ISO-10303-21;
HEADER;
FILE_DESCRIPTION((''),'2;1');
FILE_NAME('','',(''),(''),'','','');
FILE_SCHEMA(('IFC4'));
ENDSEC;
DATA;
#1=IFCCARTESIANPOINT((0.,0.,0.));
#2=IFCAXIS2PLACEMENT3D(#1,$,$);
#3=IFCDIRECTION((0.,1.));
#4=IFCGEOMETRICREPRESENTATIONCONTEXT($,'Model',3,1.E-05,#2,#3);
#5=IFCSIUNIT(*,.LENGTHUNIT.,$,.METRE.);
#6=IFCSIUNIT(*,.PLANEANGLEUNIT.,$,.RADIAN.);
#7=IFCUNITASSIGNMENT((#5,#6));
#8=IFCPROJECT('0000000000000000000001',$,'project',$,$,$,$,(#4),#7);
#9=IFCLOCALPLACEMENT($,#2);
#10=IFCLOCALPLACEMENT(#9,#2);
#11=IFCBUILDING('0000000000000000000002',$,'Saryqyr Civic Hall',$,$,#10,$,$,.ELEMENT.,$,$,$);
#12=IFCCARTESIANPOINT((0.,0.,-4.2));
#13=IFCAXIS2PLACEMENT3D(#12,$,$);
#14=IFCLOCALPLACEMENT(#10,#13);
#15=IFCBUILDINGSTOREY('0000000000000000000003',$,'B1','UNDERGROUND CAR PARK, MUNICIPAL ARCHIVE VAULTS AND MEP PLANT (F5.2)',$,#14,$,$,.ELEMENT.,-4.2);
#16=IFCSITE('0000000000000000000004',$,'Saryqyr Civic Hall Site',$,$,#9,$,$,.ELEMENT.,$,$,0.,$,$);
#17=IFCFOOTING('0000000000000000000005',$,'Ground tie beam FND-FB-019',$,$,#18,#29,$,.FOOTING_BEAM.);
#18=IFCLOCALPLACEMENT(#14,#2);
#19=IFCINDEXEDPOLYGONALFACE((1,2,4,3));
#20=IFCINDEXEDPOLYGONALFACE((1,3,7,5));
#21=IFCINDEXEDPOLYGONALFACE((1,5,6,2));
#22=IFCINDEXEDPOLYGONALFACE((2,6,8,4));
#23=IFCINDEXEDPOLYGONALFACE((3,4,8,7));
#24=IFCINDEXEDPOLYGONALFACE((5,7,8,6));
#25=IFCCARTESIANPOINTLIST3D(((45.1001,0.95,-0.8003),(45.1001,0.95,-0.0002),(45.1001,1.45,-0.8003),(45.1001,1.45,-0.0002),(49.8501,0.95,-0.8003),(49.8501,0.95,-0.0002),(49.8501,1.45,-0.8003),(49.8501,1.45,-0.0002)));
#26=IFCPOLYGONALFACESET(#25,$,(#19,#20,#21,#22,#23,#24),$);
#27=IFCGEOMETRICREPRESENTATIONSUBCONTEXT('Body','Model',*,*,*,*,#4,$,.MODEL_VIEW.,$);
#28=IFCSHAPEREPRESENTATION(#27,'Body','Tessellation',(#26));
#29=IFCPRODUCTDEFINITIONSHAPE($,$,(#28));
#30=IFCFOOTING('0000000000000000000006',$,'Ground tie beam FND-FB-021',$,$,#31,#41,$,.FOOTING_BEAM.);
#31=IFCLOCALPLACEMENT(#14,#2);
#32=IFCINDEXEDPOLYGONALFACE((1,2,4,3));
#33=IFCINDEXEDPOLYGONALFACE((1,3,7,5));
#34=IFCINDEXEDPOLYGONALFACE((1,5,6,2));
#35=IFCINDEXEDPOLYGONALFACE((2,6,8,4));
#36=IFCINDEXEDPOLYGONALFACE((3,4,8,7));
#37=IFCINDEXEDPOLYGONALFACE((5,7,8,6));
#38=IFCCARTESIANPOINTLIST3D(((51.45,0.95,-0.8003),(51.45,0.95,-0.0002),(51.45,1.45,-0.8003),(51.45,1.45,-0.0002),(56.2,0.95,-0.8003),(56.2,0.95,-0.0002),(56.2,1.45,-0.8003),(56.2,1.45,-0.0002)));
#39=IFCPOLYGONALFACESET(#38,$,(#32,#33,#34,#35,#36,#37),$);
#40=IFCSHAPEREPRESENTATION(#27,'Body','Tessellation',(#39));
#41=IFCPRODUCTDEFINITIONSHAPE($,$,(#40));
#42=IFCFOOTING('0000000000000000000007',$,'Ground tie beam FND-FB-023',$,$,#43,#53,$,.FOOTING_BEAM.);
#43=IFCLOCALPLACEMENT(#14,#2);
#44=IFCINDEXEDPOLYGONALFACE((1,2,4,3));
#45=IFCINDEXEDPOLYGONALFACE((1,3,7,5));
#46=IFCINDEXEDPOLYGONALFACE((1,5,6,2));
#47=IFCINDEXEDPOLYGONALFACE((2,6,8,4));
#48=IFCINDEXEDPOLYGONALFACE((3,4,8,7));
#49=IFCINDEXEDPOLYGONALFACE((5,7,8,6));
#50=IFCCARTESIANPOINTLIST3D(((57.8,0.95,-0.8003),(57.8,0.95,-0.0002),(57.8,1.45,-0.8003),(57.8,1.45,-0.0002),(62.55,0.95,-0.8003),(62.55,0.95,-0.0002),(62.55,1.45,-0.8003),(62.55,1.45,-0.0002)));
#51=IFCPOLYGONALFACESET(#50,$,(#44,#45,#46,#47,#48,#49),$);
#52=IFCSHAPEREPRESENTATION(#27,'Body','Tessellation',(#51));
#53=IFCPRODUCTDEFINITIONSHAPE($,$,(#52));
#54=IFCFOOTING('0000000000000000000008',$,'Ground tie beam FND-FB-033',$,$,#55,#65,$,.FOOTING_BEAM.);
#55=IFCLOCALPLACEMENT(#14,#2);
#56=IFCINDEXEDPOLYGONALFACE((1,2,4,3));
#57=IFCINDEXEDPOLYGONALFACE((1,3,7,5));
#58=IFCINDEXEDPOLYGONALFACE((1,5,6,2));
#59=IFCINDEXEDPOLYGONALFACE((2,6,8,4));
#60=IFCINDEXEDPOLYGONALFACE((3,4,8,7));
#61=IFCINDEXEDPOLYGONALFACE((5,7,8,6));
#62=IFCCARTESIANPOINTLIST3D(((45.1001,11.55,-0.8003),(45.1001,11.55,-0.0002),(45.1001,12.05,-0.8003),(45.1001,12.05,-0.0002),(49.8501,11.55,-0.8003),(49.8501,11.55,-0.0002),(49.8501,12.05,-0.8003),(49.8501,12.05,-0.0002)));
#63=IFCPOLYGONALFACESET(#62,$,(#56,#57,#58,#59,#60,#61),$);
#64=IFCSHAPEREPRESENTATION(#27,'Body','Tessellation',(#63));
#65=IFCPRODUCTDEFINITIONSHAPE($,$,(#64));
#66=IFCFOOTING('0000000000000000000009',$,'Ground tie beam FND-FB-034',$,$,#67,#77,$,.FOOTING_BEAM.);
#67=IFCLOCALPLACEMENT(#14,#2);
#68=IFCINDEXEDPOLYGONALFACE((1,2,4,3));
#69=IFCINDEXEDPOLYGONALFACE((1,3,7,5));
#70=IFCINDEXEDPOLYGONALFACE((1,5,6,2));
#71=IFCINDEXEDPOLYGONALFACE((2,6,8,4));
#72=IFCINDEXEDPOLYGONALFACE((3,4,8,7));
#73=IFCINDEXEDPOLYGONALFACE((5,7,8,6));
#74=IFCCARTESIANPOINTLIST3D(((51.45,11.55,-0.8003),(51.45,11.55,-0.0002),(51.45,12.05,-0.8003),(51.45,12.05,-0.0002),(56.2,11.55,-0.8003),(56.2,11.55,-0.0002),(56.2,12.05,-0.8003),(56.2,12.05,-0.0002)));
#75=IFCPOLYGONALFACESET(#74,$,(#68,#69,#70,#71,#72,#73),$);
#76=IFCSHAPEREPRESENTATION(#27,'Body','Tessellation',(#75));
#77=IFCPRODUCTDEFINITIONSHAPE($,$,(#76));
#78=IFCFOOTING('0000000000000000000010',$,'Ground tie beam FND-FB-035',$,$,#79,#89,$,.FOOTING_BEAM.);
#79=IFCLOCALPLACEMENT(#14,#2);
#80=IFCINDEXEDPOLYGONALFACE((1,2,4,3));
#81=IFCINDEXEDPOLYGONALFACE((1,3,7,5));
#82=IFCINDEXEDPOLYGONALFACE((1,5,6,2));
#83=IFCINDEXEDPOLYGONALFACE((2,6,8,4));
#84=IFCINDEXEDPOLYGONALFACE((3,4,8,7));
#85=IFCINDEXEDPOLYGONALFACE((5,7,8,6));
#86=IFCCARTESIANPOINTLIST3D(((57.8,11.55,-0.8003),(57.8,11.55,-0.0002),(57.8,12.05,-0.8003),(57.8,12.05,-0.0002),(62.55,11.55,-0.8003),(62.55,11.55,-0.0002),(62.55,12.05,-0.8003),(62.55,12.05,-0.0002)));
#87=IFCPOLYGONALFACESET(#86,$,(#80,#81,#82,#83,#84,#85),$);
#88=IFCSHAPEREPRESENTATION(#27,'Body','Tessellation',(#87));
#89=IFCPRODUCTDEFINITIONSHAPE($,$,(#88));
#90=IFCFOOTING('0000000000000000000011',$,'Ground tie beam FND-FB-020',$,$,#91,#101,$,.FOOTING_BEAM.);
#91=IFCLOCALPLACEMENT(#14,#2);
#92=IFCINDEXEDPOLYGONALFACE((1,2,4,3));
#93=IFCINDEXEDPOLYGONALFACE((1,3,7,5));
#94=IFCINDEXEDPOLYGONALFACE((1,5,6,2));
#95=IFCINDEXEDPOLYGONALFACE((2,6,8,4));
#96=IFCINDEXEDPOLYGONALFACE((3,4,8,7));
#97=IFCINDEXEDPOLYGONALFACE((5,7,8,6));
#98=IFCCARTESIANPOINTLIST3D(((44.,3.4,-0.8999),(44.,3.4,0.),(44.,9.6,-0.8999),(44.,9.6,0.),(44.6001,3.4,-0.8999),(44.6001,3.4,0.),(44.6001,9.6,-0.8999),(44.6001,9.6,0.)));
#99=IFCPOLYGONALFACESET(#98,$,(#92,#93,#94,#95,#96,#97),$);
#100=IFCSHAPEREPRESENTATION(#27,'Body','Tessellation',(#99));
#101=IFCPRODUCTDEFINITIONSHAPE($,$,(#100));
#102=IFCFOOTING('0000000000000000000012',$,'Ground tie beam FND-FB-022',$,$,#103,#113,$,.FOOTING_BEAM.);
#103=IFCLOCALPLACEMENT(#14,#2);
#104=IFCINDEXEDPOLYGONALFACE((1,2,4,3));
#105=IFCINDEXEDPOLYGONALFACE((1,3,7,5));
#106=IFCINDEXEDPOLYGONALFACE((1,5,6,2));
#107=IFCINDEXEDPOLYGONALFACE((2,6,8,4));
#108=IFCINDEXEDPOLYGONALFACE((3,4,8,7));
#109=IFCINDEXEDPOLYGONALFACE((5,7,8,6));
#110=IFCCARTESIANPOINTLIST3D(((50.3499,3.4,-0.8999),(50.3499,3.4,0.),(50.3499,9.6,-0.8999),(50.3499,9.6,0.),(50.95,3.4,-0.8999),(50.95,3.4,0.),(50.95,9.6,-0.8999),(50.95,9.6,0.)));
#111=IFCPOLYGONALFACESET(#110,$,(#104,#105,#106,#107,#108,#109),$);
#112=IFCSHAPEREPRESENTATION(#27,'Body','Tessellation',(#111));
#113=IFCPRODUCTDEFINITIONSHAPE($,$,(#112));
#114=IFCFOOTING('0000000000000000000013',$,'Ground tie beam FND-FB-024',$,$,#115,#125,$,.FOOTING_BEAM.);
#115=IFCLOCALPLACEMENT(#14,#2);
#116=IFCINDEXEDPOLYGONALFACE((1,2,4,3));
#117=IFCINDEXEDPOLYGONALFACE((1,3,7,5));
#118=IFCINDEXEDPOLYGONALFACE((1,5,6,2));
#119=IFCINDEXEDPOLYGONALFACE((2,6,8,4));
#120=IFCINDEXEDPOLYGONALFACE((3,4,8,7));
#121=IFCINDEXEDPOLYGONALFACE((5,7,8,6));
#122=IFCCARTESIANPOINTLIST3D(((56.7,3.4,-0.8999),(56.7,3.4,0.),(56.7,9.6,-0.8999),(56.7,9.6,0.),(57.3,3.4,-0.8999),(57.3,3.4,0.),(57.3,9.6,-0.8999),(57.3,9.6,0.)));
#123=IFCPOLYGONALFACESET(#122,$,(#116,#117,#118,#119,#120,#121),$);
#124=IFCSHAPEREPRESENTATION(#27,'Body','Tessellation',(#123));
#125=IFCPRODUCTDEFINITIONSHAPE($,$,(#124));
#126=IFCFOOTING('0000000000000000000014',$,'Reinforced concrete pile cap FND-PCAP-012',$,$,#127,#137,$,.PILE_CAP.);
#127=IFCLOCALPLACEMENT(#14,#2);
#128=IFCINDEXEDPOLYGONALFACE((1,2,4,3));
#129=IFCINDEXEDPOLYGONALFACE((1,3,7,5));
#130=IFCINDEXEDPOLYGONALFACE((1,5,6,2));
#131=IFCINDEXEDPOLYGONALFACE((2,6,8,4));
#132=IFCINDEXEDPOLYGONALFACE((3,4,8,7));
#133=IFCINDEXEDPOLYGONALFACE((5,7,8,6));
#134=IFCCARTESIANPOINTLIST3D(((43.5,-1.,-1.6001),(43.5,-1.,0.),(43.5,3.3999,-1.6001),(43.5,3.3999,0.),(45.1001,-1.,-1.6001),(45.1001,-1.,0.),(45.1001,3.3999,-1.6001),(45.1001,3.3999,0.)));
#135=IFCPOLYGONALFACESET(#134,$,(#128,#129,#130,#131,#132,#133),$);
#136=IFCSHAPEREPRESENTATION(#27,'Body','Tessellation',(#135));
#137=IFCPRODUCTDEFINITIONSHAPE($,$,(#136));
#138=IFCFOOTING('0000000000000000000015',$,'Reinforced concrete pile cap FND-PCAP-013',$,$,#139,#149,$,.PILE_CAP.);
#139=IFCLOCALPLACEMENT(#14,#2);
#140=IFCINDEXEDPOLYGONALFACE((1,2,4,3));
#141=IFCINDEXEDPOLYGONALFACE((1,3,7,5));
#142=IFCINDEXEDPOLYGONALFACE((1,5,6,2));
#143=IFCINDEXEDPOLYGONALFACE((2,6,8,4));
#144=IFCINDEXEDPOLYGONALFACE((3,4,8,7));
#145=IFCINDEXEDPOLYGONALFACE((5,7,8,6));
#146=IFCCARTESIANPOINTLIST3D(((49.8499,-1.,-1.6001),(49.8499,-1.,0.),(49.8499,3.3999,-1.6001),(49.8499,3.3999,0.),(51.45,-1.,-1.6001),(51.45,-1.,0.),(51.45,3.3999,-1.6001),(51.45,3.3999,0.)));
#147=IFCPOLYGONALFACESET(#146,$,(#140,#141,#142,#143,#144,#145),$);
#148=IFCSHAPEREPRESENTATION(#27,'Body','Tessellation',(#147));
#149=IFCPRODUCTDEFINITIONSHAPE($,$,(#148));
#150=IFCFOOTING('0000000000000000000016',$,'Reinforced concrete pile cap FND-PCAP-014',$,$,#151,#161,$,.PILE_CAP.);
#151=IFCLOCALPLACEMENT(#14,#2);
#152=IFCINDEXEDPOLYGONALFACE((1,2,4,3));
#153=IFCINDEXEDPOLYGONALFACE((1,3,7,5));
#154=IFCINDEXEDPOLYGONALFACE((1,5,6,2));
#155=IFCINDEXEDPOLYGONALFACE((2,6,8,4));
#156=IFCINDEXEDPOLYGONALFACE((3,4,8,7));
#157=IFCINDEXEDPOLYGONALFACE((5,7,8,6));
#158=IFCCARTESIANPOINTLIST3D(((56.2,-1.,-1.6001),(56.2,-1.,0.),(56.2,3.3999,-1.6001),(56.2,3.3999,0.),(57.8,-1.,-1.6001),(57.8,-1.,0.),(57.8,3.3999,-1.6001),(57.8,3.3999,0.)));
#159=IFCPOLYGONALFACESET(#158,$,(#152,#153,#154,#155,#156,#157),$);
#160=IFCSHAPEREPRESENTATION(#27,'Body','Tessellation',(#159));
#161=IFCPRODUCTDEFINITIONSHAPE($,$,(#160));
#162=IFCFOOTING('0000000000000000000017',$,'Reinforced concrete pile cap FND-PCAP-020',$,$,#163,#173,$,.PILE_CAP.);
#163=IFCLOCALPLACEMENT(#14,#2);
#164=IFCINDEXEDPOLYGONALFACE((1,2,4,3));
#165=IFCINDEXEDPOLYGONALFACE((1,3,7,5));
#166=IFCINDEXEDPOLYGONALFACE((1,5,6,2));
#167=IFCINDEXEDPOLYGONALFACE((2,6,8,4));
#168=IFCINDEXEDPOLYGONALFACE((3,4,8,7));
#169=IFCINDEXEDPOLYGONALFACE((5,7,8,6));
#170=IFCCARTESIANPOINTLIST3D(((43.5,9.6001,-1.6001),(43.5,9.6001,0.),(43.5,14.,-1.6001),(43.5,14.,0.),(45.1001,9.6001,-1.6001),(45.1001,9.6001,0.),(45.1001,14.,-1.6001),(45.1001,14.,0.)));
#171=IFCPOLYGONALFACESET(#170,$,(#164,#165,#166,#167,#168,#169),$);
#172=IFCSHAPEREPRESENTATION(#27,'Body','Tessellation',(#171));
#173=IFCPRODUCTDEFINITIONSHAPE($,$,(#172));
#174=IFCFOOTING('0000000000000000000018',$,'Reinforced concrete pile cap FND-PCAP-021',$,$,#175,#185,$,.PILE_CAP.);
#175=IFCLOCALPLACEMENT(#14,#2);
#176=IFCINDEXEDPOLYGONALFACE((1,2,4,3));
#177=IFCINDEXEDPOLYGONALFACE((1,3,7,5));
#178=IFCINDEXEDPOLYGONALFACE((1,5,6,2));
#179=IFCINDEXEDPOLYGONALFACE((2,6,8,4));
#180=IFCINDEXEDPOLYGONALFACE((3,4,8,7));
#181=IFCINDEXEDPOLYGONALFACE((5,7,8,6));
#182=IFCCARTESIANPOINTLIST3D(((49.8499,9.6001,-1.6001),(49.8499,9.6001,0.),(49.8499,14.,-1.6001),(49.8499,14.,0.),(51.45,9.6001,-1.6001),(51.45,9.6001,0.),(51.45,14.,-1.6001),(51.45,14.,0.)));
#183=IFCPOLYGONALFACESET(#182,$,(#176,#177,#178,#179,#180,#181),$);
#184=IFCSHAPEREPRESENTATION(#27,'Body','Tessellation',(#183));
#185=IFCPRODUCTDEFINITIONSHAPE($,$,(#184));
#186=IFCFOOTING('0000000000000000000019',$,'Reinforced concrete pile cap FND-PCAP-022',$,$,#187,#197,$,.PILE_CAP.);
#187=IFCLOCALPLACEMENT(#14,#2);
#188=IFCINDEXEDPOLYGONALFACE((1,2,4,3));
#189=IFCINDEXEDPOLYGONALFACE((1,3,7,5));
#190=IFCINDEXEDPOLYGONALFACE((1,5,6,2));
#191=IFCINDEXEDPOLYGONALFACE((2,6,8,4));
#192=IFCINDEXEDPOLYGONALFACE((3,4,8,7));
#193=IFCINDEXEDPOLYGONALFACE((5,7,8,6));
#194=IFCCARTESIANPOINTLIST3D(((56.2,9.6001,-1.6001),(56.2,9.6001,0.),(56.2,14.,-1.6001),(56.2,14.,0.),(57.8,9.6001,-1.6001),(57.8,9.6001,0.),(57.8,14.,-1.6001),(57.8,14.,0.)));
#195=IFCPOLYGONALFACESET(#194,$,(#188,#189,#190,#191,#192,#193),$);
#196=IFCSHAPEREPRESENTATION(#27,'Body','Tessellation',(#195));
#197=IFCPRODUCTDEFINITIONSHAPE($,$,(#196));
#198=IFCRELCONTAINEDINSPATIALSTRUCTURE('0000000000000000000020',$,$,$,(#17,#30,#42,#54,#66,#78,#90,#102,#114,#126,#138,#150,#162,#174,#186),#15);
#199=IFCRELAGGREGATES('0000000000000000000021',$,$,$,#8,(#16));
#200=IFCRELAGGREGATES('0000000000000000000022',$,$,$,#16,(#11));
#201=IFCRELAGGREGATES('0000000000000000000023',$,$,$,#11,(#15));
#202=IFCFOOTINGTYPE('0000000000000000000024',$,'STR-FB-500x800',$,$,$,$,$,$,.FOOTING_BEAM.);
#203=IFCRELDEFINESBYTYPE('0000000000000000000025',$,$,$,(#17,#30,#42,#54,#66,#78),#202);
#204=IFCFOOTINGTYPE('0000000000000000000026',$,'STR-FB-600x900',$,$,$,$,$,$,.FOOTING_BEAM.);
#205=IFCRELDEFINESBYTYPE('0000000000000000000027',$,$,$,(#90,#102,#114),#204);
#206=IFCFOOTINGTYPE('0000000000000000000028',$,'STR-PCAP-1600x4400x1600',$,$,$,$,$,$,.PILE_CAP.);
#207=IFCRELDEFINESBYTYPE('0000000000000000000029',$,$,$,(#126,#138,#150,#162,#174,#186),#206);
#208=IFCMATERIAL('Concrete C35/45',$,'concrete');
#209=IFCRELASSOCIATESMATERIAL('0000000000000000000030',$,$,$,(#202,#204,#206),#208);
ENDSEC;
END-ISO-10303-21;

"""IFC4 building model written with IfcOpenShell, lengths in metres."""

from ifc_helpers import new_model, si_unit, direction, frame, origin, origin_2d, place, context, subcontext, project, spatial, rectangle, extrude, material, type_object, element, save


model = new_model("IFC4")

# Units and contexts
model_context = context("Model", 3, precision=1e-05, world=origin(), true_north=direction((0.0, 1.0)))
body_context = subcontext(model_context, "Body", "Model", "MODEL_VIEW")
ifc_project = project(units=[si_unit("LENGTHUNIT", "METRE"), si_unit("PLANEANGLEUNIT", "RADIAN")], contexts=[model_context])

# Site, building, storey
site_placement = place(None, origin())
site = spatial("IfcSite", under=ifc_project, at=site_placement, Name="Saryqyr Civic Hall Site", CompositionType="ELEMENT", RefElevation=0.0)
building_placement = place(site_placement, origin())
building = spatial("IfcBuilding", under=site, at=building_placement, Name="Saryqyr Civic Hall", CompositionType="ELEMENT")
storey_placement = place(building_placement, frame((0.0, 0.0, -4.2)))
storey = spatial("IfcBuildingStorey", under=building, at=storey_placement, Name="B1", Description="UNDERGROUND CAR PARK, MUNICIPAL ARCHIVE VAULTS AND MEP PLANT (F5.2)", CompositionType="ELEMENT", Elevation=-4.2)

# Footings
ifc_material_1 = material(Name="Concrete C35/45", Category="concrete")
footing_type_1 = type_object("IfcFootingType", Name="STR-FB-500x800", PredefinedType="FOOTING_BEAM", material=ifc_material_1)
for number, where, z_axis, x_axis, name in (
    (1, (47.4751, 1.2, -0.8003), (0.0, 0.0, 1.0), (1.0, 0.0, 0.0), "Ground tie beam FND-FB-019"),
    (2, (53.825, 1.2, -0.8003), (0.0, 0.0, 1.0), (1.0, 0.0, 0.0), "Ground tie beam FND-FB-021"),
    (3, (60.175, 1.2, -0.8003), (0.0, 0.0, 1.0), (1.0, 0.0, 0.0), "Ground tie beam FND-FB-023"),
    (4, (47.4751, 11.8, -0.8003), (0.0, 0.0, 1.0), (1.0, 0.0, 0.0), "Ground tie beam FND-FB-033"),
    (5, (53.825, 11.8, -0.8003), (0.0, 0.0, 1.0), (1.0, 0.0, 0.0), "Ground tie beam FND-FB-034"),
    (6, (60.175, 11.8, -0.8003), (0.0, 0.0, 1.0), (1.0, 0.0, 0.0), "Ground tie beam FND-FB-035"),
):
    element("IfcFooting", number, at=place(storey_placement, frame(where, z_axis=z_axis, x_axis=x_axis)), inside=storey, type_object=footing_type_1, Name=name, PredefinedType="FOOTING_BEAM", context=body_context, shape_type="SweptSolid", body=[
        extrude(rectangle(XDim=4.75, YDim=0.5, at=origin_2d()), origin(), (0.0, 0.0, 1.0), 0.8),
    ])
footing_type_2 = type_object("IfcFootingType", Name="STR-FB-600x900", PredefinedType="FOOTING_BEAM", material=ifc_material_1)
for number, where, z_axis, x_axis, name in (
    (7, (44.3, 6.5, -0.8999), (0.0, 0.0, 1.0), (1.0, 0.0, 0.0), "Ground tie beam FND-FB-020"),
    (8, (50.6499, 6.5, -0.8999), (0.0, 0.0, 1.0), (1.0, 0.0, 0.0), "Ground tie beam FND-FB-022"),
    (9, (57.0, 6.5, -0.8999), (0.0, 0.0, 1.0), (1.0, 0.0, 0.0), "Ground tie beam FND-FB-024"),
):
    element("IfcFooting", number, at=place(storey_placement, frame(where, z_axis=z_axis, x_axis=x_axis)), inside=storey, type_object=footing_type_2, Name=name, PredefinedType="FOOTING_BEAM", context=body_context, shape_type="SweptSolid", body=[
        extrude(rectangle(XDim=0.6001, YDim=6.2, at=origin_2d()), origin(), (0.0, 0.0, 1.0), 0.8999),
    ])
footing_type_3 = type_object("IfcFootingType", Name="STR-PCAP-1600x4400x1600", PredefinedType="PILE_CAP", material=ifc_material_1)
for number, where, z_axis, x_axis, name in (
    (10, (44.3, 1.2, -1.6001), (0.0, 0.0, 1.0), (1.0, 0.0, 0.0), "Reinforced concrete pile cap FND-PCAP-012"),
    (11, (50.6499, 1.2, -1.6001), (0.0, 0.0, 1.0), (1.0, 0.0, 0.0), "Reinforced concrete pile cap FND-PCAP-013"),
    (12, (57.0, 1.2, -1.6001), (0.0, 0.0, 1.0), (1.0, 0.0, 0.0), "Reinforced concrete pile cap FND-PCAP-014"),
    (13, (44.3, 11.8, -1.6001), (0.0, 0.0, 1.0), (1.0, 0.0, 0.0), "Reinforced concrete pile cap FND-PCAP-020"),
    (14, (50.6499, 11.8, -1.6001), (0.0, 0.0, 1.0), (1.0, 0.0, 0.0), "Reinforced concrete pile cap FND-PCAP-021"),
    (15, (57.0, 11.8, -1.6001), (0.0, 0.0, 1.0), (1.0, 0.0, 0.0), "Reinforced concrete pile cap FND-PCAP-022"),
):
    element("IfcFooting", number, at=place(storey_placement, frame(where, z_axis=z_axis, x_axis=x_axis)), inside=storey, type_object=footing_type_3, Name=name, PredefinedType="PILE_CAP", context=body_context, shape_type="SweptSolid", body=[
        extrude(rectangle(XDim=1.6001, YDim=4.3999, at=origin_2d()), origin(), (0.0, 0.0, 1.0), 1.6001),
    ])

save(model, "model.ifc")
